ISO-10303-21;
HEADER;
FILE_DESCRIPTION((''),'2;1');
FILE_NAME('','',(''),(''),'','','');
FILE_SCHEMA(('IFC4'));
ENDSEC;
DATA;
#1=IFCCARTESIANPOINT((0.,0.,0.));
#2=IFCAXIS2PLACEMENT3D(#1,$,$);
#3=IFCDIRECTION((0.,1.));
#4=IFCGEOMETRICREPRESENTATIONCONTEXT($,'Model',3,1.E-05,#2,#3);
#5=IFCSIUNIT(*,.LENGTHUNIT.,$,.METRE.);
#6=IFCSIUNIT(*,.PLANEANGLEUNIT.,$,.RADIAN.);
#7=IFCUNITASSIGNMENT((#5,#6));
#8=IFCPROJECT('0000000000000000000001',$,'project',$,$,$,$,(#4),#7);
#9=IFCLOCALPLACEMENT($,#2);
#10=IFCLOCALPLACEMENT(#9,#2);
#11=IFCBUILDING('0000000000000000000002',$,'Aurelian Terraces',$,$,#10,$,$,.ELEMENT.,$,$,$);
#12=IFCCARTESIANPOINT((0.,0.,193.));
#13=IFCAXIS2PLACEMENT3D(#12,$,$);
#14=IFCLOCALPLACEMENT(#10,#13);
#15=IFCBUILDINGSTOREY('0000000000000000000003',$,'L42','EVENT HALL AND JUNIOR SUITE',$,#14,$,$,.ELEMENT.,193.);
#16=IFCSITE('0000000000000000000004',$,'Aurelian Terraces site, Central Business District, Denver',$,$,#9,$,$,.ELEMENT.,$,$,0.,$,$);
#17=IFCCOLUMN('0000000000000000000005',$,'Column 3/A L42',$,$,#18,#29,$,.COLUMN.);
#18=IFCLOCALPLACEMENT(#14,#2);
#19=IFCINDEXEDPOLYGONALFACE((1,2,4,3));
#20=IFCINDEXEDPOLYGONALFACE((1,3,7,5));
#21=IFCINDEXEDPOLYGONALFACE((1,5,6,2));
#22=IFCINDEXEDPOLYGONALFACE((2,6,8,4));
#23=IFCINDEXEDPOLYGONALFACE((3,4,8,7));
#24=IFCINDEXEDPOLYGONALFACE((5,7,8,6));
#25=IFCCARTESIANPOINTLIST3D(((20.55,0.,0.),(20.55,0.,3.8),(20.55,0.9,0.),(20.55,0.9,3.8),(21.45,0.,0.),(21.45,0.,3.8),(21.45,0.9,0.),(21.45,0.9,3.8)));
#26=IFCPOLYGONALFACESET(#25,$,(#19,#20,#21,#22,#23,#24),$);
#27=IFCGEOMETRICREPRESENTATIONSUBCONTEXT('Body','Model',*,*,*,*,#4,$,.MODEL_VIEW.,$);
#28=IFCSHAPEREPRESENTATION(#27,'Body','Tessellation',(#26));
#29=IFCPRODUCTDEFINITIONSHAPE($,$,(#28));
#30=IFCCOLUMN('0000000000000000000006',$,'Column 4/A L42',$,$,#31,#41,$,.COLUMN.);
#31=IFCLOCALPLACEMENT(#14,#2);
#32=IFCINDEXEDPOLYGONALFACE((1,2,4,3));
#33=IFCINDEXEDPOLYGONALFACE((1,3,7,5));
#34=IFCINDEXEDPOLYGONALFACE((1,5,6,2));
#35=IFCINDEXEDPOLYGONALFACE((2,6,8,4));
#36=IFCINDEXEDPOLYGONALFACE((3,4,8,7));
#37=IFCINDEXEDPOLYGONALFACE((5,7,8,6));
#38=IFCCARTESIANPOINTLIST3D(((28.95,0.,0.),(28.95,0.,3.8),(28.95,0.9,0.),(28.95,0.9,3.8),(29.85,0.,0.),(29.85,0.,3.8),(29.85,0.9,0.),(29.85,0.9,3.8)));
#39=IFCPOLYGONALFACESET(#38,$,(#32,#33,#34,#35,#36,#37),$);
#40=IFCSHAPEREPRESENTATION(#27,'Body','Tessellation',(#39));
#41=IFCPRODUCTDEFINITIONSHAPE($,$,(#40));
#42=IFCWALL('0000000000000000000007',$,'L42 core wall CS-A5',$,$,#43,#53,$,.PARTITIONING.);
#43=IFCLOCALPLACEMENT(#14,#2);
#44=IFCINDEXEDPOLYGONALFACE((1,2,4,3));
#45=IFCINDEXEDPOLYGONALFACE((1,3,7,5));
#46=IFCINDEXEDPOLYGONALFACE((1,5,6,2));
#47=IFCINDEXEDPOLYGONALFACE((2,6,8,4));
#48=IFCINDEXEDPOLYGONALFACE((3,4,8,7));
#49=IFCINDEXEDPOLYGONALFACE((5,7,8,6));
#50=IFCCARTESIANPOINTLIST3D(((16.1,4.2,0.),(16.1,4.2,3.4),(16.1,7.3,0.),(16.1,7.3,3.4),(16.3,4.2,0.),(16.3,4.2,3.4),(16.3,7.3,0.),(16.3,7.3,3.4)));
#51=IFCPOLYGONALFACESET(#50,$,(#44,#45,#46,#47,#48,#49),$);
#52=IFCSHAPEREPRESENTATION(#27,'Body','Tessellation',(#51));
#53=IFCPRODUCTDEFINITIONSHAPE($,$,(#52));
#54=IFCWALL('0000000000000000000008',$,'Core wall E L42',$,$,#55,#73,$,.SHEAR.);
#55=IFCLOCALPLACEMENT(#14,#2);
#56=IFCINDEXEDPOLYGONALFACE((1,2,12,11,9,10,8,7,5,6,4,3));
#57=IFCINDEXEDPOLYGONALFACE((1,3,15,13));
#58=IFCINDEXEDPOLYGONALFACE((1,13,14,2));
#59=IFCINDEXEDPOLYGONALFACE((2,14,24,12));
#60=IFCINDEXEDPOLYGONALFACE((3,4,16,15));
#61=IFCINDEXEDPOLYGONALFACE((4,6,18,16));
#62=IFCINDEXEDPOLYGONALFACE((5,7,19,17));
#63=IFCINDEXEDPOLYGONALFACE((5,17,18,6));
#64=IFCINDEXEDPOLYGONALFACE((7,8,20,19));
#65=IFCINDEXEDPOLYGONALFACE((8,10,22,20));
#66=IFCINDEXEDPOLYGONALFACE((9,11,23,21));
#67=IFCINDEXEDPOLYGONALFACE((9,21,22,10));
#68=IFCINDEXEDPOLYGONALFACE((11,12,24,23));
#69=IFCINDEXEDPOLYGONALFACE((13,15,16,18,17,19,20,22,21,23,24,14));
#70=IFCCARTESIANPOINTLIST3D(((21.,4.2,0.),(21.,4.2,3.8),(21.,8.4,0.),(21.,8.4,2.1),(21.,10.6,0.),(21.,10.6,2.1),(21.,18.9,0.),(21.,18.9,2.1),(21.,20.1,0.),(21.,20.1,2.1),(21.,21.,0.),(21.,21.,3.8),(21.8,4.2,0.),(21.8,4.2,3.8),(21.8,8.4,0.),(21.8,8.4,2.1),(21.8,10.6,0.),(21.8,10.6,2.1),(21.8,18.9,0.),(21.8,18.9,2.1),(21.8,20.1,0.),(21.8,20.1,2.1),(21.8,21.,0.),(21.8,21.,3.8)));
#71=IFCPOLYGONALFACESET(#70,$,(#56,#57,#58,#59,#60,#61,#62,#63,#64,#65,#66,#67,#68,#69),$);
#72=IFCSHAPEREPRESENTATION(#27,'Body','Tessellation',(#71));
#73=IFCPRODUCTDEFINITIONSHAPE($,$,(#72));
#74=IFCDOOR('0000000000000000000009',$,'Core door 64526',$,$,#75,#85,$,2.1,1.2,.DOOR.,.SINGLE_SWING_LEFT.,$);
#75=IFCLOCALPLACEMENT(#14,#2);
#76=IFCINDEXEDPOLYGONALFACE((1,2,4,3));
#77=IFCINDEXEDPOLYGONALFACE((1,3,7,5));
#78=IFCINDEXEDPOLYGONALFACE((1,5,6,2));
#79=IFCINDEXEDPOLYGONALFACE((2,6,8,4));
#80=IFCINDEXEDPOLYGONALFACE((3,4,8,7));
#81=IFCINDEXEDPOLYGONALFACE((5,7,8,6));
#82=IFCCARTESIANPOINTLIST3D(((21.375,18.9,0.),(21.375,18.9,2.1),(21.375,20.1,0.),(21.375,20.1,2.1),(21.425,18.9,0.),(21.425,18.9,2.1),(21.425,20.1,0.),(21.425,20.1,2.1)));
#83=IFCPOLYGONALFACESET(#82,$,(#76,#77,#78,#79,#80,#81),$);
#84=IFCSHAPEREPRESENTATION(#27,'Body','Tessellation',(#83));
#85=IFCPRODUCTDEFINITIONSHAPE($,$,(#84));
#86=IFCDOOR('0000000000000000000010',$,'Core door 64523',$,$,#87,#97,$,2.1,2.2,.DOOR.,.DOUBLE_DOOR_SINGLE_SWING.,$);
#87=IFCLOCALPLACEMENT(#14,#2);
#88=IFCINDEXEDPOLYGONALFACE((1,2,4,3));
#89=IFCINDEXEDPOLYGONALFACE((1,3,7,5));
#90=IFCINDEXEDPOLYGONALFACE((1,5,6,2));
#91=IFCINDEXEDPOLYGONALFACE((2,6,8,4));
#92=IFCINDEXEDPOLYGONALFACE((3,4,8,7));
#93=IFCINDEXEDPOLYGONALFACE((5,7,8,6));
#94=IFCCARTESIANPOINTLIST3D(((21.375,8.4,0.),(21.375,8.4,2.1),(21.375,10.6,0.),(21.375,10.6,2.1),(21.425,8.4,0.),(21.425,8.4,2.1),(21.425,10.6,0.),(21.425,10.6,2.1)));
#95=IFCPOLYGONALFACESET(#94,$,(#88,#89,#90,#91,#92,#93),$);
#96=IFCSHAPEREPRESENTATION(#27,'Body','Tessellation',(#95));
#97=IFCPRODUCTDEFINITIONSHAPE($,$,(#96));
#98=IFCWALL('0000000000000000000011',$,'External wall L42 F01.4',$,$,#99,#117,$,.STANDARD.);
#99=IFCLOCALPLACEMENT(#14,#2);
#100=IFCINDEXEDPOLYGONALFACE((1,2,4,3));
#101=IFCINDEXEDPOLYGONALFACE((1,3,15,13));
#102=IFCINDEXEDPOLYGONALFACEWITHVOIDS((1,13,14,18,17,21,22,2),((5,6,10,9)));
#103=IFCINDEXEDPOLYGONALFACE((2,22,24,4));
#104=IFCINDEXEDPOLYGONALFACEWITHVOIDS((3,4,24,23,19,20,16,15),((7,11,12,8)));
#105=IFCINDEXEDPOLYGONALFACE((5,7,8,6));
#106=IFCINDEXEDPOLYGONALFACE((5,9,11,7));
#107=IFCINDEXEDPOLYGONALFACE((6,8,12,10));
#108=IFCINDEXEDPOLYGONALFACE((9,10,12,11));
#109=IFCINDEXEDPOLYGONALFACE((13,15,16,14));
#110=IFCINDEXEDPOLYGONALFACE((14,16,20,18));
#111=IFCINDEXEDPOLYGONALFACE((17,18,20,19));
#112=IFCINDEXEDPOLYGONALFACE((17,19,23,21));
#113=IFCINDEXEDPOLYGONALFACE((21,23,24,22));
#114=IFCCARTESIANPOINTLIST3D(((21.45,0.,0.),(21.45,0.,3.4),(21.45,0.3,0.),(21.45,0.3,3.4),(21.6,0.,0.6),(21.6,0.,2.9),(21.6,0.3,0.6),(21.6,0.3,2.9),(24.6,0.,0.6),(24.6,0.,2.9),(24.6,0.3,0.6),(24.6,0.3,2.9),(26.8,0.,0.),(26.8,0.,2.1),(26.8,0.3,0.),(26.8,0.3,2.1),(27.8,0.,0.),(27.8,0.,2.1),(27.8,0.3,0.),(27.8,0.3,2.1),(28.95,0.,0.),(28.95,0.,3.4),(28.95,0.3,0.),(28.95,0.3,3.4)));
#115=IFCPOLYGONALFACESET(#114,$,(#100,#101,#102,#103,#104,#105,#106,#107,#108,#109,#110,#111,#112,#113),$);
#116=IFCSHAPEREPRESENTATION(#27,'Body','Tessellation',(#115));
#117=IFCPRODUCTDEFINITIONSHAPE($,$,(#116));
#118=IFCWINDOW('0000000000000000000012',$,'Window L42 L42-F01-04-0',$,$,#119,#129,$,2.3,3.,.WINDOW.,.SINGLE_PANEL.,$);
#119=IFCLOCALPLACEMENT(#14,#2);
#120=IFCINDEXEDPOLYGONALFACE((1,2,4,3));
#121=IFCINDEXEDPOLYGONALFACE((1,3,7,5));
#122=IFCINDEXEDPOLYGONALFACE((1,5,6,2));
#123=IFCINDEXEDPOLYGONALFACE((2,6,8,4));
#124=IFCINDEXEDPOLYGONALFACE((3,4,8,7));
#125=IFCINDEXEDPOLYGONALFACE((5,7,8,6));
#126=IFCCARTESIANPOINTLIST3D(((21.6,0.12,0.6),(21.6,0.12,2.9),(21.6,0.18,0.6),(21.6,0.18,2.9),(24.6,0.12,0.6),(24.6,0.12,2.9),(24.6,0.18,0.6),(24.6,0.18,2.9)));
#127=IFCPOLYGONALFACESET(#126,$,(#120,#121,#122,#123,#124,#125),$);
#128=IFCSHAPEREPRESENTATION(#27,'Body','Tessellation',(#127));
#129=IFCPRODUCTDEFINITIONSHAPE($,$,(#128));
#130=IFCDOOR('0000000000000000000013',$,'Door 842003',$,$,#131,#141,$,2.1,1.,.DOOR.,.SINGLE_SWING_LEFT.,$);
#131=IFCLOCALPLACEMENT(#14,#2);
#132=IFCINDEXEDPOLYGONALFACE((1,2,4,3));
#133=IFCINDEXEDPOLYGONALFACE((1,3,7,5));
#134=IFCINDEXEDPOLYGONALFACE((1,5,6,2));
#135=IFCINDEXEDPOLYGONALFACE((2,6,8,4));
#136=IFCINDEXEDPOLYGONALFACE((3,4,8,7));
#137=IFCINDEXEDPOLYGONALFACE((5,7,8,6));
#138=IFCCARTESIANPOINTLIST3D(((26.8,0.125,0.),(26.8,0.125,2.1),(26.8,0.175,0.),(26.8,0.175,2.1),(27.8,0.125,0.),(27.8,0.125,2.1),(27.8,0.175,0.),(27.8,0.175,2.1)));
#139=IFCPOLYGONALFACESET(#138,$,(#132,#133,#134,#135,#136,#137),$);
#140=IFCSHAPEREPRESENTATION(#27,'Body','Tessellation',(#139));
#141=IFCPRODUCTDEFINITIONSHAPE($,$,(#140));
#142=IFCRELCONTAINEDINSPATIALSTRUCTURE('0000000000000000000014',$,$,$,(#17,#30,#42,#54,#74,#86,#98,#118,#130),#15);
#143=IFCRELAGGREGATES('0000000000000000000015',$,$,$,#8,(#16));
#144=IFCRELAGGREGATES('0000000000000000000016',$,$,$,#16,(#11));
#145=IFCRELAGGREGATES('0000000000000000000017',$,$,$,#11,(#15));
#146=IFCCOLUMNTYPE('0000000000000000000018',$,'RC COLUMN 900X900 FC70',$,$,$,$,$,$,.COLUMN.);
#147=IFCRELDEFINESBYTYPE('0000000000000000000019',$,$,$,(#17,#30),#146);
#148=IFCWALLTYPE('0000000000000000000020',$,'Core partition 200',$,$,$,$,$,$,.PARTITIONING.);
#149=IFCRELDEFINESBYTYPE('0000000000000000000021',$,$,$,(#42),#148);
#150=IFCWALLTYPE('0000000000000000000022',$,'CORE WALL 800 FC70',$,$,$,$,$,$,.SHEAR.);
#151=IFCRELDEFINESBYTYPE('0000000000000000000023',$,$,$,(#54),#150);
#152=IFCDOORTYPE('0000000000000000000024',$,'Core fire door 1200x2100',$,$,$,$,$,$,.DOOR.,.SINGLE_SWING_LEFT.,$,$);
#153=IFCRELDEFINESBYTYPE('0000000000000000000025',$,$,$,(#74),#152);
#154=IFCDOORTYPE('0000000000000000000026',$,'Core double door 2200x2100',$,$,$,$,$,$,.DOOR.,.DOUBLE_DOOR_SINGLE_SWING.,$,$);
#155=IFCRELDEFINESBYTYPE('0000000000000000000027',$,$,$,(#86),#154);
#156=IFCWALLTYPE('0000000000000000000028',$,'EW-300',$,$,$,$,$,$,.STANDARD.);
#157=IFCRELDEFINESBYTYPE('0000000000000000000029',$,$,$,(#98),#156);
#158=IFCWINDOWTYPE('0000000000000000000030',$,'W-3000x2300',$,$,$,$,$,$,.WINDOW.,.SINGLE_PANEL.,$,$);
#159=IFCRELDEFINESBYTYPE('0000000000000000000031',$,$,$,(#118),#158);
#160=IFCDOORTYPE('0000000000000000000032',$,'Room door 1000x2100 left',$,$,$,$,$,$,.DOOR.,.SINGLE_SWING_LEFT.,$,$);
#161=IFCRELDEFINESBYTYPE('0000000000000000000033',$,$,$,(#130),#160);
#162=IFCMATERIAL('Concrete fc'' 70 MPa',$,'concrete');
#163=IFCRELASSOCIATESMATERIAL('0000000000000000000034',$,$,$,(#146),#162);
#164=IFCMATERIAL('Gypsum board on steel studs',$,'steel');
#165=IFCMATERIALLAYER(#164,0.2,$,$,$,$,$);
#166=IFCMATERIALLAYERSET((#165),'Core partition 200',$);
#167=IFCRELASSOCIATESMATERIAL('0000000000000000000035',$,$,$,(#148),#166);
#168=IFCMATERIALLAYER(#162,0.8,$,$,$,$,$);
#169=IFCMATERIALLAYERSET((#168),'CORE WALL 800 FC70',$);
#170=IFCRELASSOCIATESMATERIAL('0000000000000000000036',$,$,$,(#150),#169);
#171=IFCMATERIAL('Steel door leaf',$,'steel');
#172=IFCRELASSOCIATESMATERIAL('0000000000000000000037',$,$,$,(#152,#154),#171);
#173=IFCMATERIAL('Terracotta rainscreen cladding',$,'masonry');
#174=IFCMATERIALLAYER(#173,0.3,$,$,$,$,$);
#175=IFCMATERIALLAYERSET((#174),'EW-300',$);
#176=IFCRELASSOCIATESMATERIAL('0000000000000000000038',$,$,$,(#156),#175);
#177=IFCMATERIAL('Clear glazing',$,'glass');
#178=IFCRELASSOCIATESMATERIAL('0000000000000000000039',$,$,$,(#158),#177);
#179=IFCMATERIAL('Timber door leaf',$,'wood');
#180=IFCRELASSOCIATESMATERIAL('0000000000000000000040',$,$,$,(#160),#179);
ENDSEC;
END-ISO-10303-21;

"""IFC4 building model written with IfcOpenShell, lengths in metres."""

from ifc_helpers import new_model, si_unit, direction, frame, frame_2d, origin, origin_2d, place, context, subcontext, project, spatial, rectangle, extrude, source, transform, mapped, material, layer, layer_set, material_profile, profile_set, type_object, element, fill, save


model = new_model("IFC4")

# Units and contexts
model_context = context("Model", 3, precision=1e-05, world=origin(), true_north=direction((0.0, 1.0)))
body_context = subcontext(model_context, "Body", "Model", "MODEL_VIEW")
ifc_project = project(units=[si_unit("LENGTHUNIT", "METRE"), si_unit("PLANEANGLEUNIT", "RADIAN")], contexts=[model_context])

# Site, building, storey
site_placement = place(None, origin())
site = spatial("IfcSite", under=ifc_project, at=site_placement, Name="Aurelian Terraces site, Central Business District, Denver", CompositionType="ELEMENT", RefElevation=0.0)
building_placement = place(site_placement, origin())
building = spatial("IfcBuilding", under=site, at=building_placement, Name="Aurelian Terraces", CompositionType="ELEMENT")
storey_placement = place(building_placement, frame((0.0, 0.0, 193.0)))
storey = spatial("IfcBuildingStorey", under=building, at=storey_placement, Name="L42", Description="EVENT HALL AND JUNIOR SUITE", CompositionType="ELEMENT", Elevation=193.0)

# Columns
ifc_material_1 = material(Name="Concrete fc' 70 MPa", Category="concrete")
ifc_material_profile = material_profile(ifc_material_1, rectangle(XDim=0.9, YDim=0.9, at=origin_2d()))
ifc_profile_set = profile_set([ifc_material_profile], Name="Concrete fc' 70 MPa")
column_type = type_object("IfcColumnType", Name="RC COLUMN 900X900 FC70", PredefinedType="COLUMN", material=ifc_profile_set)
shared_shape_1 = source(origin(), body_context, "Body", "SweptSolid", [
    extrude(rectangle(XDim=0.9, YDim=0.9, at=origin_2d()), origin(), (0.0, 0.0, 1.0), 3.8),
])
for number, where, z_axis, x_axis, name in (
    (1, (21.0, 0.45, 0.0), (0.0, 0.0, 1.0), (1.0, 0.0, 0.0), "Column 3/A L42"),
    (2, (29.4, 0.45, 0.0), (0.0, 0.0, 1.0), (1.0, 0.0, 0.0), "Column 4/A L42"),
):
    element("IfcColumn", number, at=place(storey_placement, frame(where, z_axis=z_axis, x_axis=x_axis)), inside=storey, type_object=column_type, Name=name, PredefinedType="COLUMN", context=body_context, shape_type="MappedRepresentation", body=[
        mapped(shared_shape_1, transform((0.0, 0.0, 0.0), scale=1.0)),
    ])

# Wall
ifc_material_2 = material(Name="Gypsum board on steel studs", Category="steel")
ifc_layer_1 = layer(ifc_material_2, 0.2)
ifc_layer_set_1 = layer_set([ifc_layer_1], Name="Core partition 200")
wall_type_1 = type_object("IfcWallType", Name="Core partition 200", PredefinedType="PARTITIONING", material=ifc_layer_set_1)
wall_1_placement = place(storey_placement, frame((16.2, 4.2, 0.0), z_axis=(0.0, 0.0, 1.0), x_axis=(0.0, 1.0, 0.0)))
element("IfcWall", 3, at=wall_1_placement, inside=storey, type_object=wall_type_1, Name="L42 core wall CS-A5", PredefinedType="PARTITIONING", context=body_context, shape_type="SweptSolid", body=[
    extrude(rectangle(XDim=3.1, YDim=0.2, at=frame_2d((1.55, 0.0))), origin(), (0.0, 0.0, 1.0), 3.4),
])

# Wall, openings, doors
ifc_layer_2 = layer(ifc_material_1, 0.8)
ifc_layer_set_2 = layer_set([ifc_layer_2], Name="CORE WALL 800 FC70")
wall_type_2 = type_object("IfcWallType", Name="CORE WALL 800 FC70", PredefinedType="SHEAR", material=ifc_layer_set_2)
shared_shape_2 = source(origin(), body_context, "Body", "SweptSolid", [
    extrude(rectangle(XDim=16.8, YDim=0.8, at=frame_2d((8.4, 0.0))), origin(), (0.0, 0.0, 1.0), 3.8),
])
wall_2_placement = place(storey_placement, frame((21.4, 4.2, 0.0), z_axis=(0.0, 0.0, 1.0), x_axis=(0.0, 1.0, 0.0)))
wall_2 = element("IfcWall", 4, at=wall_2_placement, inside=storey, type_object=wall_type_2, Name="Core wall E L42", PredefinedType="SHEAR", context=body_context, shape_type="MappedRepresentation", body=[
    mapped(shared_shape_2, transform((0.0, 0.0, 0.0), scale=1.0)),
])
shared_shape_3 = source(origin(), body_context, "Body", "SweptSolid", [
    extrude(rectangle(XDim=2.2, YDim=2.1, at=frame_2d((1.1, 1.05))), frame((0.0, 0.41, 0.0), z_axis=(0.0, -1.0, 0.0), x_axis=(1.0, 0.0, 0.0)), (0.0, 0.0, 1.0), 0.82),
])
opening_1_placement = place(wall_2_placement, frame((4.2, 0.0, 0.0)))
opening_1 = element("IfcOpeningElement", 5, at=opening_1_placement, cuts=wall_2, PredefinedType="OPENING", context=body_context, shape_type="MappedRepresentation", body=[
    mapped(shared_shape_3, transform((0.0, 0.0, 0.0), scale=1.0)),
])
shared_shape_4 = source(origin(), body_context, "Body", "SweptSolid", [
    extrude(rectangle(XDim=1.2, YDim=2.1, at=frame_2d((0.6, 1.05))), frame((0.0, 0.41, 0.0), z_axis=(0.0, -1.0, 0.0), x_axis=(1.0, 0.0, 0.0)), (0.0, 0.0, 1.0), 0.82),
])
opening_2_placement = place(wall_2_placement, frame((14.7, 0.0, 0.0)))
opening_2 = element("IfcOpeningElement", 6, at=opening_2_placement, cuts=wall_2, PredefinedType="OPENING", context=body_context, shape_type="MappedRepresentation", body=[
    mapped(shared_shape_4, transform((0.0, 0.0, 0.0), scale=1.0)),
])
ifc_material_3 = material(Name="Steel door leaf", Category="steel")
door_type_1 = type_object("IfcDoorType", Name="Core fire door 1200x2100", OperationType="SINGLE_SWING_LEFT", PredefinedType="DOOR", material=ifc_material_3)
shared_shape_5 = source(origin(), body_context, "Body", "SweptSolid", [
    extrude(rectangle(XDim=1.2, YDim=2.1, at=frame_2d((0.6, 1.05))), frame((0.0, 0.025, 0.0), z_axis=(0.0, -1.0, 0.0), x_axis=(1.0, 0.0, 0.0)), (0.0, 0.0, 1.0), 0.05),
])
door_1_placement = place(opening_2_placement, origin())
door_1 = element("IfcDoor", 7, at=door_1_placement, inside=storey, type_object=door_type_1, Name="Core door 64526", OperationType="SINGLE_SWING_LEFT", OverallHeight=2.1, OverallWidth=1.2, PredefinedType="DOOR", context=body_context, shape_type="MappedRepresentation", body=[
    mapped(shared_shape_5, transform((0.0, 0.0, 0.0), scale=1.0)),
])
fill(opening_2, door_1)
door_type_2 = type_object("IfcDoorType", Name="Core double door 2200x2100", OperationType="DOUBLE_DOOR_SINGLE_SWING", PredefinedType="DOOR", material=ifc_material_3)
shared_shape_6 = source(origin(), body_context, "Body", "SweptSolid", [
    extrude(rectangle(XDim=2.2, YDim=2.1, at=frame_2d((1.1, 1.05))), frame((0.0, 0.025, 0.0), z_axis=(0.0, -1.0, 0.0), x_axis=(1.0, 0.0, 0.0)), (0.0, 0.0, 1.0), 0.05),
])
door_2_placement = place(opening_1_placement, origin())
door_2 = element("IfcDoor", 8, at=door_2_placement, inside=storey, type_object=door_type_2, Name="Core door 64523", OperationType="DOUBLE_DOOR_SINGLE_SWING", OverallHeight=2.1, OverallWidth=2.2, PredefinedType="DOOR", context=body_context, shape_type="MappedRepresentation", body=[
    mapped(shared_shape_6, transform((0.0, 0.0, 0.0), scale=1.0)),
])
fill(opening_1, door_2)

# Wall, openings, window, door
ifc_material_4 = material(Name="Terracotta rainscreen cladding", Category="masonry")
ifc_layer_3 = layer(ifc_material_4, 0.3)
ifc_layer_set_3 = layer_set([ifc_layer_3], Name="EW-300")
wall_type_3 = type_object("IfcWallType", Name="EW-300", PredefinedType="STANDARD", material=ifc_layer_set_3)
shared_shape_7 = source(origin(), body_context, "Body", "SweptSolid", [
    extrude(rectangle(XDim=7.5, YDim=0.3, at=frame_2d((3.75, 0.0))), origin(), (0.0, 0.0, 1.0), 3.4),
])
wall_3_placement = place(storey_placement, frame((21.45, 0.15, 0.0), z_axis=(0.0, 0.0, 1.0), x_axis=(1.0, 0.0, 0.0)))
wall_3 = element("IfcWall", 9, at=wall_3_placement, inside=storey, type_object=wall_type_3, Name="External wall L42 F01.4", PredefinedType="STANDARD", context=body_context, shape_type="MappedRepresentation", body=[
    mapped(shared_shape_7, transform((0.0, 0.0, 0.0), scale=1.0)),
])
shared_shape_8 = source(origin(), body_context, "Body", "SweptSolid", [
    extrude(rectangle(XDim=3.0, YDim=2.3, at=frame_2d((1.5, 1.15))), frame((0.0, 0.16, 0.0), z_axis=(0.0, -1.0, 0.0), x_axis=(1.0, 0.0, 0.0)), (0.0, 0.0, 1.0), 0.32),
])
opening_3_placement = place(wall_3_placement, frame((0.15, 0.0, 0.6)))
opening_3 = element("IfcOpeningElement", 10, at=opening_3_placement, cuts=wall_3, PredefinedType="OPENING", context=body_context, shape_type="MappedRepresentation", body=[
    mapped(shared_shape_8, transform((0.0, 0.0, 0.0), scale=1.0)),
])
shared_shape_9 = source(origin(), body_context, "Body", "SweptSolid", [
    extrude(rectangle(XDim=1.0, YDim=2.1, at=frame_2d((0.5, 1.05))), frame((0.0, 0.16, 0.0), z_axis=(0.0, -1.0, 0.0), x_axis=(1.0, 0.0, 0.0)), (0.0, 0.0, 1.0), 0.32),
])
opening_4_placement = place(wall_3_placement, frame((5.35, 0.0, 0.0)))
opening_4 = element("IfcOpeningElement", 11, at=opening_4_placement, cuts=wall_3, PredefinedType="OPENING", context=body_context, shape_type="MappedRepresentation", body=[
    mapped(shared_shape_9, transform((0.0, 0.0, 0.0), scale=1.0)),
])
ifc_material_5 = material(Name="Clear glazing", Category="glass")
window_type_1 = type_object("IfcWindowType", Name="W-3000x2300", PartitioningType="SINGLE_PANEL", PredefinedType="WINDOW", material=ifc_material_5)
shared_shape_10 = source(origin(), body_context, "Body", "SweptSolid", [
    extrude(rectangle(XDim=3.0, YDim=2.3, at=frame_2d((1.5, 1.15))), frame((0.0, 0.03, 0.0), z_axis=(0.0, -1.0, 0.0), x_axis=(1.0, 0.0, 0.0)), (0.0, 0.0, 1.0), 0.06),
])
window_1_placement = place(opening_3_placement, origin())
window_1 = element("IfcWindow", 12, at=window_1_placement, inside=storey, type_object=window_type_1, Name="Window L42 L42-F01-04-0", OverallHeight=2.3, OverallWidth=3.0, PartitioningType="SINGLE_PANEL", PredefinedType="WINDOW", context=body_context, shape_type="MappedRepresentation", body=[
    mapped(shared_shape_10, transform((0.0, 0.0, 0.0), scale=1.0)),
])
fill(opening_3, window_1)
ifc_material_6 = material(Name="Timber door leaf", Category="wood")
door_type_3 = type_object("IfcDoorType", Name="Room door 1000x2100 left", OperationType="SINGLE_SWING_LEFT", PredefinedType="DOOR", material=ifc_material_6)
shared_shape_11 = source(origin(), body_context, "Body", "SweptSolid", [
    extrude(rectangle(XDim=1.0, YDim=2.1, at=frame_2d((0.5, 1.05))), frame((0.0, 0.025, 0.0), z_axis=(0.0, -1.0, 0.0), x_axis=(1.0, 0.0, 0.0)), (0.0, 0.0, 1.0), 0.05),
])
door_3_placement = place(opening_4_placement, origin())
door_3 = element("IfcDoor", 13, at=door_3_placement, inside=storey, type_object=door_type_3, Name="Door 842003", OperationType="SINGLE_SWING_LEFT", OverallHeight=2.1, OverallWidth=1.0, PredefinedType="DOOR", context=body_context, shape_type="MappedRepresentation", body=[
    mapped(shared_shape_11, transform((0.0, 0.0, 0.0), scale=1.0)),
])
fill(opening_4, door_3)

save(model, "model.ifc")
